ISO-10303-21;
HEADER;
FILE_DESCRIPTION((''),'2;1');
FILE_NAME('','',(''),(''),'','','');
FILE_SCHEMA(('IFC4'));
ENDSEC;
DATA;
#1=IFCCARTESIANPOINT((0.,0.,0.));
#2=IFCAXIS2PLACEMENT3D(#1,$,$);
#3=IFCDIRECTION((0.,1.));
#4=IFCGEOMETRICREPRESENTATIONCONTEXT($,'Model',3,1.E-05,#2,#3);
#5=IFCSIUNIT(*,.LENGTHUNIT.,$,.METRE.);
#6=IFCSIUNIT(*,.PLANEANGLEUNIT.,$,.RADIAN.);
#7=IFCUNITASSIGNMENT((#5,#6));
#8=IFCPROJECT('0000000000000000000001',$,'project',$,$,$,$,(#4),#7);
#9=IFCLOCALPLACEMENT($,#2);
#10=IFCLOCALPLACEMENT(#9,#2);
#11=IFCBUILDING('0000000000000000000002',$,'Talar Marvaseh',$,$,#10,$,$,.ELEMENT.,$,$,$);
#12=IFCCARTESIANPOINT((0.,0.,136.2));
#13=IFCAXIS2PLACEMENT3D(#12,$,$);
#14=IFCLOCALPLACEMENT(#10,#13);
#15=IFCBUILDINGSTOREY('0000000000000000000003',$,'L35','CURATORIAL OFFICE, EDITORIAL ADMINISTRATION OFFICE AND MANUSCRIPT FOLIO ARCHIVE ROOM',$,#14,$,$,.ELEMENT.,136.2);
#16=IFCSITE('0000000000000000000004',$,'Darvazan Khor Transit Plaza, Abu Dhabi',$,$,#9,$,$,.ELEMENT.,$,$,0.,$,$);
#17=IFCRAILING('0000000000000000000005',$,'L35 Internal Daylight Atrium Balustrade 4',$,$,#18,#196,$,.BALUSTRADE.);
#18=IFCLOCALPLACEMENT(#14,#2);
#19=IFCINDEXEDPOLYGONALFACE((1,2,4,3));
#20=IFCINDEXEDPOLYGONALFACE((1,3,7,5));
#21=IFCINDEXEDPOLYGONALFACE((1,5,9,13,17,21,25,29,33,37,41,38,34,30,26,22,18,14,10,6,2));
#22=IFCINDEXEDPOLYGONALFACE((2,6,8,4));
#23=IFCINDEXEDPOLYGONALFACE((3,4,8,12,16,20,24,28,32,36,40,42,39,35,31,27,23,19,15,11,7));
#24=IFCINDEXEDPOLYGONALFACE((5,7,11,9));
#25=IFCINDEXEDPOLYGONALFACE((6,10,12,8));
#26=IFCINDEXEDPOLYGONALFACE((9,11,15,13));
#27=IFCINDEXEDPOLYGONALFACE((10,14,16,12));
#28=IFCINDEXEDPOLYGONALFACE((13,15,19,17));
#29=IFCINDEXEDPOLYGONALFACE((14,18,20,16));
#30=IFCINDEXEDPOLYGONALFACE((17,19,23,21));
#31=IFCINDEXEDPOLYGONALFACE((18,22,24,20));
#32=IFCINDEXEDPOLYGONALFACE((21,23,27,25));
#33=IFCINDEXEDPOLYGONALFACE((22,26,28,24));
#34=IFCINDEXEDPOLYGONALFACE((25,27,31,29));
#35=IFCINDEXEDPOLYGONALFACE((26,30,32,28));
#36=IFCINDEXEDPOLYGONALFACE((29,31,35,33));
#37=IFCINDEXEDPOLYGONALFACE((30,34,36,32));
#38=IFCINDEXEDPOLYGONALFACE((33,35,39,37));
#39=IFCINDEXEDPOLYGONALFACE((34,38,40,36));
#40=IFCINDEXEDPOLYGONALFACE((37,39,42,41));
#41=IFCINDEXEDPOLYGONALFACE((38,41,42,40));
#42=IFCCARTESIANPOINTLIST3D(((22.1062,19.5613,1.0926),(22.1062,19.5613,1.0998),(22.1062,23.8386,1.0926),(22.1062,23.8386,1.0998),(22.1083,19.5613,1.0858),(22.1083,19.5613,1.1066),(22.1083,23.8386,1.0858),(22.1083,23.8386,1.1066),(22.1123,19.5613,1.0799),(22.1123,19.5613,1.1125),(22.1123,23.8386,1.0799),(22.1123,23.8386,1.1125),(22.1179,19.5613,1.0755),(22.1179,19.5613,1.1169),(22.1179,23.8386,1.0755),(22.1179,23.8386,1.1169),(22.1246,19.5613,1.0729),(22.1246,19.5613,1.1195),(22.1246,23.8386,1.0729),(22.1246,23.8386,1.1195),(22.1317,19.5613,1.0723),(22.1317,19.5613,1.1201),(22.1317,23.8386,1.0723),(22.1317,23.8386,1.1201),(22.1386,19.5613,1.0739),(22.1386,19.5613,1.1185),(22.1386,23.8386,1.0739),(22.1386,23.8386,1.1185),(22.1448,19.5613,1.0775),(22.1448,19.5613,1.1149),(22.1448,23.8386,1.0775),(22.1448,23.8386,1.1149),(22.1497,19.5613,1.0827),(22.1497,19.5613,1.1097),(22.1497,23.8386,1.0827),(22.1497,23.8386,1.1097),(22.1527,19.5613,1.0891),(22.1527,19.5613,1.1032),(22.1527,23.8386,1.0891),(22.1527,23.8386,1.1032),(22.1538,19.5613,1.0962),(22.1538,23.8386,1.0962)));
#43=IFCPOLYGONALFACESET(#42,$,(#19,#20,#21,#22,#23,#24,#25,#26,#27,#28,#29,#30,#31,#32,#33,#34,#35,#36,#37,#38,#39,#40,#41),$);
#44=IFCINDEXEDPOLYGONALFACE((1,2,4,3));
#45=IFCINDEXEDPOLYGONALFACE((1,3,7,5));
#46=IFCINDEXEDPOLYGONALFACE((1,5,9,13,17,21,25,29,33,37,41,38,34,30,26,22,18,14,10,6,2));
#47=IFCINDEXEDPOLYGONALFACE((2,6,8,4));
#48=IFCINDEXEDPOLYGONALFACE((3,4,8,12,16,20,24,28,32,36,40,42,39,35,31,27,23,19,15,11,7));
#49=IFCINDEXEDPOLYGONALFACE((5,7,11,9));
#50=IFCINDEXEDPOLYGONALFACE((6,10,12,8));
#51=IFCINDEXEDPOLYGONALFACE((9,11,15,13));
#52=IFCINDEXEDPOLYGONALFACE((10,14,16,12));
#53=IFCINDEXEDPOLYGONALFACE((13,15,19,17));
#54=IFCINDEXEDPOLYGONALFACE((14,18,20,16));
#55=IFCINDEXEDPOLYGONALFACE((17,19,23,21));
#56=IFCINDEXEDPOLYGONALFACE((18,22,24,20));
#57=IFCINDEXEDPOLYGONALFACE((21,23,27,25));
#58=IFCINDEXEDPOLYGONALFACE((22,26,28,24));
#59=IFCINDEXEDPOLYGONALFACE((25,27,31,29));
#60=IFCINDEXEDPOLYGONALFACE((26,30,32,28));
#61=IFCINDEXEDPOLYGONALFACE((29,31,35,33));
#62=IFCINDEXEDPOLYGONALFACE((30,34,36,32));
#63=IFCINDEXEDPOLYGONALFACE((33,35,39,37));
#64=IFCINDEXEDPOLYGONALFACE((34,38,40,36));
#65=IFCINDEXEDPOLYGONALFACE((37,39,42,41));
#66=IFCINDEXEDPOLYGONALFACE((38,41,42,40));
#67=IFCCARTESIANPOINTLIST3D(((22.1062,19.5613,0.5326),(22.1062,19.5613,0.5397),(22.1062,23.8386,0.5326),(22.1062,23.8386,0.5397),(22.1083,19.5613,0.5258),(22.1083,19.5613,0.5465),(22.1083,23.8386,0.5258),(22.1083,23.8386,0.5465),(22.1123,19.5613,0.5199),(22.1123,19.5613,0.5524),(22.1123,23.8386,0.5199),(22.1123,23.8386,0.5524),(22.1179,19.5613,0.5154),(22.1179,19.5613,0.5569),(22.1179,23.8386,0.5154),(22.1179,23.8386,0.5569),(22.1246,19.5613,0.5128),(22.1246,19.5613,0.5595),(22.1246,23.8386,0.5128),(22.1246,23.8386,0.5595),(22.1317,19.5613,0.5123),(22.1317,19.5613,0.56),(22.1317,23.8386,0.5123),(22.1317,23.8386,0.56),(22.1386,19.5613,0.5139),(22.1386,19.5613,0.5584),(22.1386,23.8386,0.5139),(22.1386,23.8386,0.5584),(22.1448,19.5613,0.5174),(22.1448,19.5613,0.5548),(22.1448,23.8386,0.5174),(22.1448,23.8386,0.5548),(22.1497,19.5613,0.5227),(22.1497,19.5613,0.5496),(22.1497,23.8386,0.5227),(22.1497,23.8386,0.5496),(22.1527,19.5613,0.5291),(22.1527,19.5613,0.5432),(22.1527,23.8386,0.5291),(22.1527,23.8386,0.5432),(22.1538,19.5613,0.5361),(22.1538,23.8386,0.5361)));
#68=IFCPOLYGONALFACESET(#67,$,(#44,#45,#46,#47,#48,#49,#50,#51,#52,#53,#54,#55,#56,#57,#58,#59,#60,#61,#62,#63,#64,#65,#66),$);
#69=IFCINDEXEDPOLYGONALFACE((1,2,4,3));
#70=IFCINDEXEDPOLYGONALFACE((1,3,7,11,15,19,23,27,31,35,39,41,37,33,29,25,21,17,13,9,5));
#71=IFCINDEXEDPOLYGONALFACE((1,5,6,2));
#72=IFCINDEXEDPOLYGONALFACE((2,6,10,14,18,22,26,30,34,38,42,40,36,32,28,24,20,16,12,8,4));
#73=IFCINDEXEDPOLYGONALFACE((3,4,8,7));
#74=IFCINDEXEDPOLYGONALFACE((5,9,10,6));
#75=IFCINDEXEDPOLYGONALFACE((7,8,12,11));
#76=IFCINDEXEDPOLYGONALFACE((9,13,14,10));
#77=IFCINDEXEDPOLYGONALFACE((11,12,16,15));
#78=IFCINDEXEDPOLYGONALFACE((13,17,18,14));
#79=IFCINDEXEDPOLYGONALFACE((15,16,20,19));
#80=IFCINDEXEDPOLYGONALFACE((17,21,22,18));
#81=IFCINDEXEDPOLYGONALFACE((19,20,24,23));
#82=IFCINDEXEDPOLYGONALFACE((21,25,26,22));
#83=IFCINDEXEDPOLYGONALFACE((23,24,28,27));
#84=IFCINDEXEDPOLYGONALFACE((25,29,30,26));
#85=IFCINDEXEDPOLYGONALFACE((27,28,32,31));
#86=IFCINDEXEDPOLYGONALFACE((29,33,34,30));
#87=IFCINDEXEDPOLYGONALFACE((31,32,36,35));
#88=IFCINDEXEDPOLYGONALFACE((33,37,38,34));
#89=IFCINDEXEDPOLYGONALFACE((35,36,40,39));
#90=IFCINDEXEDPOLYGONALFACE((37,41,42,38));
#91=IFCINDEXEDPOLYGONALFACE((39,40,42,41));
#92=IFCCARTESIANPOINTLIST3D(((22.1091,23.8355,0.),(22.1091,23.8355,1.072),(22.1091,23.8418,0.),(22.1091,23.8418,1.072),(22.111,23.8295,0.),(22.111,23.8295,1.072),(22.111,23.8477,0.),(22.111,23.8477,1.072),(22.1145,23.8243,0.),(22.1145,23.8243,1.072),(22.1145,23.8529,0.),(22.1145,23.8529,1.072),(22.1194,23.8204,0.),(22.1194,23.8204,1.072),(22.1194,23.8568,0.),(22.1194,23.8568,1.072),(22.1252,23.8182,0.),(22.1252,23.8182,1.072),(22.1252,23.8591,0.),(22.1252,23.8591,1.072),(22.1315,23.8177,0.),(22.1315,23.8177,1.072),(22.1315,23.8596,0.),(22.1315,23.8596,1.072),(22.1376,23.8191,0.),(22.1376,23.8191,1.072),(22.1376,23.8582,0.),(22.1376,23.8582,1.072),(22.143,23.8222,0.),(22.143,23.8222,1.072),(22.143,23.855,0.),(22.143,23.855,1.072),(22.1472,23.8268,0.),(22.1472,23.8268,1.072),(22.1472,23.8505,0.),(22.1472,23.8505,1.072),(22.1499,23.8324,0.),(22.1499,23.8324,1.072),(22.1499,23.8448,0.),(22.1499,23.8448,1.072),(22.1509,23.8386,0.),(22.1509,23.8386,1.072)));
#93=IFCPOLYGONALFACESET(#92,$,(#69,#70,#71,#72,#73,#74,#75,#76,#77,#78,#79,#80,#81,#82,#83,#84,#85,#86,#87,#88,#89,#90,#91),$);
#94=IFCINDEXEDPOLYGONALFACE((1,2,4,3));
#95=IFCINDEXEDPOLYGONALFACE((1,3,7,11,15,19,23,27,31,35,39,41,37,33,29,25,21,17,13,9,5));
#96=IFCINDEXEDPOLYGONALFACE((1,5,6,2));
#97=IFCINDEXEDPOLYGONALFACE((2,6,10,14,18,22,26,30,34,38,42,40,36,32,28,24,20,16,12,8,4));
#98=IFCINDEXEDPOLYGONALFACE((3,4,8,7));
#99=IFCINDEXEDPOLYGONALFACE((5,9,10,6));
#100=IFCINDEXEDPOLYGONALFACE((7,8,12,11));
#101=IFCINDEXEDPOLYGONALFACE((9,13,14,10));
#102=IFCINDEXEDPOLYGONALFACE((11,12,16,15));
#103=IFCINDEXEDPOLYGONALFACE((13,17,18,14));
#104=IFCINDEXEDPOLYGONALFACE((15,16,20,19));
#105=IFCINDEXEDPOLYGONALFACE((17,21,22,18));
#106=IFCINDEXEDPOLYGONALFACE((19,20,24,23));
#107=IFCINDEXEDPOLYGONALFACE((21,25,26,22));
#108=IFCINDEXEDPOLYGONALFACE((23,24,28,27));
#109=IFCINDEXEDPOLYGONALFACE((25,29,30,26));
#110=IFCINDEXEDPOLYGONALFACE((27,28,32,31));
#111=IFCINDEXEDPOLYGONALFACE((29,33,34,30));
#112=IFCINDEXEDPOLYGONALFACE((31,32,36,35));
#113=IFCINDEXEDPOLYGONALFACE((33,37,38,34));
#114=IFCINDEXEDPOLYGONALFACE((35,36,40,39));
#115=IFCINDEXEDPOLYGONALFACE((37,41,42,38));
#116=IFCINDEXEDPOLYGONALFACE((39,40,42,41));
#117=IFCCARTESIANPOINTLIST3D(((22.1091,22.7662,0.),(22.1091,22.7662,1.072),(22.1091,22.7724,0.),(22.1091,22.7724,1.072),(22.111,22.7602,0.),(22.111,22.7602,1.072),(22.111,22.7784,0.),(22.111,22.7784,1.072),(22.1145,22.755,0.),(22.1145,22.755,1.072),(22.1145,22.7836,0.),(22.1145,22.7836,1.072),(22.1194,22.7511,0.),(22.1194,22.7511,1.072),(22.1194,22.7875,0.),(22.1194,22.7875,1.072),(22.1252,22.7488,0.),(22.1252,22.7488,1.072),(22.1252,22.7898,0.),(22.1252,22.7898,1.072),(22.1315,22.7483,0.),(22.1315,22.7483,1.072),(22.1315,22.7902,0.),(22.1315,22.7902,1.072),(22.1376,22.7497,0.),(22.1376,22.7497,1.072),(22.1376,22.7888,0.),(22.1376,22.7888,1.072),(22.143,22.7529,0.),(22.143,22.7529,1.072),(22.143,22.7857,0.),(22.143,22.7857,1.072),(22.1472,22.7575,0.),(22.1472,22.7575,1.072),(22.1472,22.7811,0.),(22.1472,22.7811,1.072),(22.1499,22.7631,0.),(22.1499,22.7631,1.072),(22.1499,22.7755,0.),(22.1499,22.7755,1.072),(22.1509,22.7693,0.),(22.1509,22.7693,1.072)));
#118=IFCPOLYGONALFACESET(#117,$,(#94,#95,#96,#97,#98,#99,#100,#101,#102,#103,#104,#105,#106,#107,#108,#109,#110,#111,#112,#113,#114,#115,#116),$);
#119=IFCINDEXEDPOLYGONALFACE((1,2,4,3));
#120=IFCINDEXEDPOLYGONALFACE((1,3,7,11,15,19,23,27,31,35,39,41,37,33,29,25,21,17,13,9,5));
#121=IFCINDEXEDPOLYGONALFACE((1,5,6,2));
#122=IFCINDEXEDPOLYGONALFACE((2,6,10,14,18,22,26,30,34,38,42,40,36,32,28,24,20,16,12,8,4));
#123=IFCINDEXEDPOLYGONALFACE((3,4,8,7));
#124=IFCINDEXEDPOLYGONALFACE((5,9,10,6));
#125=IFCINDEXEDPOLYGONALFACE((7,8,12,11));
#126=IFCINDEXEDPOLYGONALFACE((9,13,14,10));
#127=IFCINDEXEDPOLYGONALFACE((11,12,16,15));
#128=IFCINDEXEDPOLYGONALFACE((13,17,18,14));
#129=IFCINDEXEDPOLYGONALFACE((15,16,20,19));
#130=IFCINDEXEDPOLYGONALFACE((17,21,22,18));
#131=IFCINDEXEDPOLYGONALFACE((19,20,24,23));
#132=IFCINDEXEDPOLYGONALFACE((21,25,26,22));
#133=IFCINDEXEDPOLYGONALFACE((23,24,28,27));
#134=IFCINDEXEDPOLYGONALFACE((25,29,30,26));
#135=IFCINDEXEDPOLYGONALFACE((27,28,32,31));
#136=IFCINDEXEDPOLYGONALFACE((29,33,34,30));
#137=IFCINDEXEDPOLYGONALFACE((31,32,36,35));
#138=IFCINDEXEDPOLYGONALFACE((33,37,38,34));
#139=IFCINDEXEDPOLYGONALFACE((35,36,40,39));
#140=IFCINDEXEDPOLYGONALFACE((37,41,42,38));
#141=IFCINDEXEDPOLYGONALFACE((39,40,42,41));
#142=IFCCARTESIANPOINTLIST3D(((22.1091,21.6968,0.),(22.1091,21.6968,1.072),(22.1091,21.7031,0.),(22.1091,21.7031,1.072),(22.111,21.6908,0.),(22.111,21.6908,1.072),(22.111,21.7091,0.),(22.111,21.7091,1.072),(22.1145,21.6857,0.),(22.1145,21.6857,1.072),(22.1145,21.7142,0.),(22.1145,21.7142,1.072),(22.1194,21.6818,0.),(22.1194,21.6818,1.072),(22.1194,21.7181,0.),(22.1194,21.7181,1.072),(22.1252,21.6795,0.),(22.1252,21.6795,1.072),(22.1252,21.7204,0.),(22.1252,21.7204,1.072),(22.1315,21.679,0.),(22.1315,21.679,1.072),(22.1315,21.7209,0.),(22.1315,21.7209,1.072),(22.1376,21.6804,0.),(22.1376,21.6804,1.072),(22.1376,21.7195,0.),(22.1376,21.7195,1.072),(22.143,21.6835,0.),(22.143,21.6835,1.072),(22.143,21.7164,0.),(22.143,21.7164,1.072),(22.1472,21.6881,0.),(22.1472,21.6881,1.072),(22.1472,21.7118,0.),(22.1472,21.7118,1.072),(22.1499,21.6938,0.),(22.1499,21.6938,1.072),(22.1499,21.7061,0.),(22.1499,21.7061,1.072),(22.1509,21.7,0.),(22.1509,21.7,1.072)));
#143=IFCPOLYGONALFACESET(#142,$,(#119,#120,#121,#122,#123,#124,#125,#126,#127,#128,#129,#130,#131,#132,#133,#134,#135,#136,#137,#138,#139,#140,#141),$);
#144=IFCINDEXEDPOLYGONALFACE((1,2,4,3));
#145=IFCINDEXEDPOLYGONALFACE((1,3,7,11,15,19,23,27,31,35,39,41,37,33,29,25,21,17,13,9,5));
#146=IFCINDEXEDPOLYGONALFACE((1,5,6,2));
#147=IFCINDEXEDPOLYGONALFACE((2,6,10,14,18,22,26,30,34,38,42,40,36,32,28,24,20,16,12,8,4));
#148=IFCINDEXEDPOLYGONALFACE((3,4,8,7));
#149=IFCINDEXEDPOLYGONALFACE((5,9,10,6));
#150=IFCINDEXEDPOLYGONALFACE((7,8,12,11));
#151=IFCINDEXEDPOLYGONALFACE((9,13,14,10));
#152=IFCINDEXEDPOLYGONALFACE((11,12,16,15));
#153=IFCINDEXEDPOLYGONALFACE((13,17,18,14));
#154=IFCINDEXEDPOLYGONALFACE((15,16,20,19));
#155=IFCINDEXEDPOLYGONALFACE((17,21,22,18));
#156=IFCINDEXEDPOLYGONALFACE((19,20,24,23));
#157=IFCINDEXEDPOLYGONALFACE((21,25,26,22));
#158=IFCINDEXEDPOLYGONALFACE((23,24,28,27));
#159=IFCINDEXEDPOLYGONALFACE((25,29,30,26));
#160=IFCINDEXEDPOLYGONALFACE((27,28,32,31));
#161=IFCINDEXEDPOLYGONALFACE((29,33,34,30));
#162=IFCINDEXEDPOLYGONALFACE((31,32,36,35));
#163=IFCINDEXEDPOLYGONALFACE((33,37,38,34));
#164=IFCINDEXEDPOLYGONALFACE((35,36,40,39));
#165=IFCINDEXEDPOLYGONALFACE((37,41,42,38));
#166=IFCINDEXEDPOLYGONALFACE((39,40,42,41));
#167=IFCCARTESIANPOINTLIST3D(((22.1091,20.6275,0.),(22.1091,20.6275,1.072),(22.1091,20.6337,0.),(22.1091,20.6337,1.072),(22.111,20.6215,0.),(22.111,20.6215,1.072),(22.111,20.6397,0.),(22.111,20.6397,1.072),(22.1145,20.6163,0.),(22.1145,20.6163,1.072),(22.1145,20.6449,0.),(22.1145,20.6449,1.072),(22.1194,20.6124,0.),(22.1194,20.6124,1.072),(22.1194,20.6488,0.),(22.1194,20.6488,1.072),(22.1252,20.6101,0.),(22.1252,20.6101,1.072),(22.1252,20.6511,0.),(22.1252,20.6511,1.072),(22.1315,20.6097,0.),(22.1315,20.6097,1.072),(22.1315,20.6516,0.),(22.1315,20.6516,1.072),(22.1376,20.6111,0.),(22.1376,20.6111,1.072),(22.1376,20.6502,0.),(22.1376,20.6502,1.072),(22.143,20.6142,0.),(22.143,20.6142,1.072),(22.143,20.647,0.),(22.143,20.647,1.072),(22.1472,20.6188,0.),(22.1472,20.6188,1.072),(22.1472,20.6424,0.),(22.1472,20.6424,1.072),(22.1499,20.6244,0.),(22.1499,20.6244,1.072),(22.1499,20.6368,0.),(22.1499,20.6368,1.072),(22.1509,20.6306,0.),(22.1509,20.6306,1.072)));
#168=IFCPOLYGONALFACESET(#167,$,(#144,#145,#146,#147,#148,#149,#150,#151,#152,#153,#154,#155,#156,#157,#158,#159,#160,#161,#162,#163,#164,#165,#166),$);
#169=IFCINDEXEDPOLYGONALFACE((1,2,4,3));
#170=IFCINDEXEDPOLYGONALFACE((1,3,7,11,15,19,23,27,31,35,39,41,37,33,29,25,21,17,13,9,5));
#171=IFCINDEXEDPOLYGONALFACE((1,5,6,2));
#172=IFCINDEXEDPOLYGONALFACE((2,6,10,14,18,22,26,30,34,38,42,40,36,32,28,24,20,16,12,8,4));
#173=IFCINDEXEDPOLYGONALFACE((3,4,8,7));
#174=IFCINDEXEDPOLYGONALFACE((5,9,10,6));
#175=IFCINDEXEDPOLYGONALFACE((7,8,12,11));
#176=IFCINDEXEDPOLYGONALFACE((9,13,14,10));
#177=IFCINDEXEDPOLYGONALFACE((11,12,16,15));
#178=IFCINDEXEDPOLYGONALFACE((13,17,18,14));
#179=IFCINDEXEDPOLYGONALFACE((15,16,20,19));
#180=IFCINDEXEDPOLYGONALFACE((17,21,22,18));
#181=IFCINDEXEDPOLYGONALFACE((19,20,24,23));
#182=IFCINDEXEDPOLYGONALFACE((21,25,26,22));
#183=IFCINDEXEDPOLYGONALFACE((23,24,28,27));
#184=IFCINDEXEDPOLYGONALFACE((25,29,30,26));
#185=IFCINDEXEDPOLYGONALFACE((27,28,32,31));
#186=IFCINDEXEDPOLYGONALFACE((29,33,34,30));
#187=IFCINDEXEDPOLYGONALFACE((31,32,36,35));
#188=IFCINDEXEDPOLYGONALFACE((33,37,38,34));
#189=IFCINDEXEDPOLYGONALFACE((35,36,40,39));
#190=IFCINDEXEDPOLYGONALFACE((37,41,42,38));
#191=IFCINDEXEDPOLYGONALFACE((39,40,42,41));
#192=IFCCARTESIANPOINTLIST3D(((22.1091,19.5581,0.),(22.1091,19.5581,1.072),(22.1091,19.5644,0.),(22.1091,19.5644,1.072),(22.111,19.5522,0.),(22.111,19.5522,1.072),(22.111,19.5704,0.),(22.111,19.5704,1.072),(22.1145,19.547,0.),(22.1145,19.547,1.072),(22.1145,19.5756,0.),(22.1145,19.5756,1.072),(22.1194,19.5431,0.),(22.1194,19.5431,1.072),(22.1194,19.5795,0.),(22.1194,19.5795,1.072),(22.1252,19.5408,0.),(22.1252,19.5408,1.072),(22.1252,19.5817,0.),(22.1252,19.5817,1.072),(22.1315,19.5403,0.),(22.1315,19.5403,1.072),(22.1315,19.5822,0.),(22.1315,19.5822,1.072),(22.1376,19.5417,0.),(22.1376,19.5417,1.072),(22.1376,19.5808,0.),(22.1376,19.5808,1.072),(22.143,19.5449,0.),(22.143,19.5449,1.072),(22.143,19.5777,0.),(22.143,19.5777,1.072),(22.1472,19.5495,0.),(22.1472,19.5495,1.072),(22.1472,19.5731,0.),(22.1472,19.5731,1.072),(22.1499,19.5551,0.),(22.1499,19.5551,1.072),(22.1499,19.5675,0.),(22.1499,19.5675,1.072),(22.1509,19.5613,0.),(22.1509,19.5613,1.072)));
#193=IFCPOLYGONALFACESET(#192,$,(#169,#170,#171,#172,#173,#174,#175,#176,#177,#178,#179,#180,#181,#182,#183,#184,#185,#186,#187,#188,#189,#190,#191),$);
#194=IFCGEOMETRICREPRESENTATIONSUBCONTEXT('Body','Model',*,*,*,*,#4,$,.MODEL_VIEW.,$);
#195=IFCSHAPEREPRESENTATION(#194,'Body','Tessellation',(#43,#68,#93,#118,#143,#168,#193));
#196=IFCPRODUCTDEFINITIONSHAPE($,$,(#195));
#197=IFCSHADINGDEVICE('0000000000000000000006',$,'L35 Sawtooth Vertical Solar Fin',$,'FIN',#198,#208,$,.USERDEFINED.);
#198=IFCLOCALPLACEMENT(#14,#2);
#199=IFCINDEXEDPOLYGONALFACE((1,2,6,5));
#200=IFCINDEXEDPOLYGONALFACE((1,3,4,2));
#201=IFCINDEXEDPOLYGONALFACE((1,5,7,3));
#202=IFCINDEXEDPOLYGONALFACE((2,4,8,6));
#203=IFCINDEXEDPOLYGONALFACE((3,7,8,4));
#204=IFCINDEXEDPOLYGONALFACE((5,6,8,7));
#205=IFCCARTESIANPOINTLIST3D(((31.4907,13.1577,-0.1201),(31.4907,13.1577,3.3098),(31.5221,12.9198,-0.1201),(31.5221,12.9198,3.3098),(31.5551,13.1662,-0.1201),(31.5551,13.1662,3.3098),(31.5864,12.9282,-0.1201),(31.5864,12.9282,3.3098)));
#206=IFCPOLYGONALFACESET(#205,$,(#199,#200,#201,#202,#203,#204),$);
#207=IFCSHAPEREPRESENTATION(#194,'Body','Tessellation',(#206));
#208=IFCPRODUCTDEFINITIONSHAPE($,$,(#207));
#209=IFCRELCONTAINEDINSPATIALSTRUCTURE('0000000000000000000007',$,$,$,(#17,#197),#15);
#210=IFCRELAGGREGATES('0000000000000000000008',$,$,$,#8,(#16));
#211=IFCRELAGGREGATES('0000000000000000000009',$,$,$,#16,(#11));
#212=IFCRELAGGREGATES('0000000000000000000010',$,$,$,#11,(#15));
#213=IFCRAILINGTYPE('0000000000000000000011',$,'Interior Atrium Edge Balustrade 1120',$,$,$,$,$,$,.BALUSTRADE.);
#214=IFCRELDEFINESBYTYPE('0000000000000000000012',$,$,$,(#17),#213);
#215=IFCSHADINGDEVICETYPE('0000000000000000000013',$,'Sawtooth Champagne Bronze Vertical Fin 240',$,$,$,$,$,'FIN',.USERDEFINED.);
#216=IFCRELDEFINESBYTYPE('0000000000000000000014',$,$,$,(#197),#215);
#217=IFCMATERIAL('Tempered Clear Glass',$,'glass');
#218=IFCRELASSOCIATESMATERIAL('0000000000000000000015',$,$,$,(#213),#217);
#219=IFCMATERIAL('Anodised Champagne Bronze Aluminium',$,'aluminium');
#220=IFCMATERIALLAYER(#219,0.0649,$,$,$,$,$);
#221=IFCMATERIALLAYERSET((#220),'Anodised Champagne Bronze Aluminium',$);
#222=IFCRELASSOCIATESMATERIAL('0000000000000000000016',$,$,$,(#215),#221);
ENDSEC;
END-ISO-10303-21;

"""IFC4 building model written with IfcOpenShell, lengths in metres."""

from ifc_helpers import new_model, si_unit, direction, frame, origin, origin_2d, place, context, subcontext, project, spatial, rectangle, circle, extrude, source, transform, mapped, material, layer, layer_set, type_object, type_shapes, element, save


model = new_model("IFC4")

# Units and contexts
model_context = context("Model", 3, precision=1e-05, world=origin(), true_north=direction((0.0, 1.0)))
body_context = subcontext(model_context, "Body", "Model", "MODEL_VIEW")
ifc_project = project(units=[si_unit("LENGTHUNIT", "METRE"), si_unit("PLANEANGLEUNIT", "RADIAN")], contexts=[model_context])

# Site, building, storey
site_placement = place(None, origin())
site = spatial("IfcSite", under=ifc_project, at=site_placement, Name="Darvazan Khor Transit Plaza, Abu Dhabi", CompositionType="ELEMENT", RefElevation=0.0)
building_placement = place(site_placement, origin())
building = spatial("IfcBuilding", under=site, at=building_placement, Name="Talar Marvaseh", CompositionType="ELEMENT")
storey_placement = place(building_placement, frame((0.0, 0.0, 136.2)))
storey = spatial("IfcBuildingStorey", under=building, at=storey_placement, Name="L35", Description="CURATORIAL OFFICE, EDITORIAL ADMINISTRATION OFFICE AND MANUSCRIPT FOLIO ARCHIVE ROOM", CompositionType="ELEMENT", Elevation=136.2)

# Railing
ifc_material_1 = material(Name="Tempered Clear Glass", Category="glass")
railing_type_1 = type_object("IfcRailingType", Name="Interior Atrium Edge Balustrade 1120", PredefinedType="BALUSTRADE", material=ifc_material_1)
railing_1_placement = place(storey_placement, frame((22.1299, 23.8386, 0.0)))
element("IfcRailing", 1, at=railing_1_placement, inside=storey, type_object=railing_type_1, Name="L35 Internal Daylight Atrium Balustrade 4", PredefinedType="BALUSTRADE", context=body_context, shape_type="SweptSolid", body=[
    extrude(circle(Radius=0.0239, at=origin_2d()), frame((0.0, 0.0, 1.0962), z_axis=(0.0, -1.0, 0.0), x_axis=(1.0, 0.0, 0.0)), (0.0, 0.0, 1.0), 4.2773),
    extrude(circle(Radius=0.0239, at=origin_2d()), frame((0.0, 0.0, 0.5361), z_axis=(0.0, -1.0, 0.0), x_axis=(1.0, 0.0, 0.0)), (0.0, 0.0, 1.0), 4.2773),
    extrude(circle(Radius=0.021, at=origin_2d()), origin(), (0.0, 0.0, 1.0), 1.072),
    extrude(circle(Radius=0.021, at=origin_2d()), frame((0.0, -1.0693, 0.0)), (0.0, 0.0, 1.0), 1.072),
    extrude(circle(Radius=0.021, at=origin_2d()), frame((0.0, -2.1387, 0.0)), (0.0, 0.0, 1.0), 1.072),
    extrude(circle(Radius=0.021, at=origin_2d()), frame((0.0, -3.208, 0.0)), (0.0, 0.0, 1.0), 1.072),
    extrude(circle(Radius=0.021, at=origin_2d()), frame((0.0, -4.2773, 0.0)), (0.0, 0.0, 1.0), 1.072),
])

# Shading device
ifc_material_2 = material(Name="Anodised Champagne Bronze Aluminium", Category="aluminium")
ifc_layer_1 = layer(ifc_material_2, 0.0649)
ifc_layer_set_1 = layer_set([ifc_layer_1], Name="Anodised Champagne Bronze Aluminium")
shading_device_type = type_object("IfcShadingDeviceType", Name="Sawtooth Champagne Bronze Vertical Fin 240", ElementType="FIN", PredefinedType="USERDEFINED", material=ifc_layer_set_1)
shared_shape_1 = source(origin(), body_context, "Body", "SweptSolid", [
    extrude(rectangle(XDim=0.24, YDim=0.0649, at=origin_2d()), origin(), (0.0, 0.0, 1.0), 3.4299),
])
type_shapes(shading_device_type, [shared_shape_1])
shading_device_placement = place(storey_placement, frame((31.5386, 13.043, -0.1201), z_axis=(0.0, 0.0, 1.0), x_axis=(0.130699, -0.991422, 0.0)))
element("IfcShadingDevice", 2, at=shading_device_placement, inside=storey, type_object=shading_device_type, Name="L35 Sawtooth Vertical Solar Fin", ObjectType="FIN", PredefinedType="USERDEFINED", context=body_context, shape_type="MappedRepresentation", body=[
    mapped(shared_shape_1, transform((0.0, 0.0, 0.0), x_axis=(1.0, 0.0, 0.0), y_axis=(0.0, 1.0, 0.0), z_axis=(0.0, 0.0, 1.0), scale=1.0)),
])

save(model, "model.ifc")
